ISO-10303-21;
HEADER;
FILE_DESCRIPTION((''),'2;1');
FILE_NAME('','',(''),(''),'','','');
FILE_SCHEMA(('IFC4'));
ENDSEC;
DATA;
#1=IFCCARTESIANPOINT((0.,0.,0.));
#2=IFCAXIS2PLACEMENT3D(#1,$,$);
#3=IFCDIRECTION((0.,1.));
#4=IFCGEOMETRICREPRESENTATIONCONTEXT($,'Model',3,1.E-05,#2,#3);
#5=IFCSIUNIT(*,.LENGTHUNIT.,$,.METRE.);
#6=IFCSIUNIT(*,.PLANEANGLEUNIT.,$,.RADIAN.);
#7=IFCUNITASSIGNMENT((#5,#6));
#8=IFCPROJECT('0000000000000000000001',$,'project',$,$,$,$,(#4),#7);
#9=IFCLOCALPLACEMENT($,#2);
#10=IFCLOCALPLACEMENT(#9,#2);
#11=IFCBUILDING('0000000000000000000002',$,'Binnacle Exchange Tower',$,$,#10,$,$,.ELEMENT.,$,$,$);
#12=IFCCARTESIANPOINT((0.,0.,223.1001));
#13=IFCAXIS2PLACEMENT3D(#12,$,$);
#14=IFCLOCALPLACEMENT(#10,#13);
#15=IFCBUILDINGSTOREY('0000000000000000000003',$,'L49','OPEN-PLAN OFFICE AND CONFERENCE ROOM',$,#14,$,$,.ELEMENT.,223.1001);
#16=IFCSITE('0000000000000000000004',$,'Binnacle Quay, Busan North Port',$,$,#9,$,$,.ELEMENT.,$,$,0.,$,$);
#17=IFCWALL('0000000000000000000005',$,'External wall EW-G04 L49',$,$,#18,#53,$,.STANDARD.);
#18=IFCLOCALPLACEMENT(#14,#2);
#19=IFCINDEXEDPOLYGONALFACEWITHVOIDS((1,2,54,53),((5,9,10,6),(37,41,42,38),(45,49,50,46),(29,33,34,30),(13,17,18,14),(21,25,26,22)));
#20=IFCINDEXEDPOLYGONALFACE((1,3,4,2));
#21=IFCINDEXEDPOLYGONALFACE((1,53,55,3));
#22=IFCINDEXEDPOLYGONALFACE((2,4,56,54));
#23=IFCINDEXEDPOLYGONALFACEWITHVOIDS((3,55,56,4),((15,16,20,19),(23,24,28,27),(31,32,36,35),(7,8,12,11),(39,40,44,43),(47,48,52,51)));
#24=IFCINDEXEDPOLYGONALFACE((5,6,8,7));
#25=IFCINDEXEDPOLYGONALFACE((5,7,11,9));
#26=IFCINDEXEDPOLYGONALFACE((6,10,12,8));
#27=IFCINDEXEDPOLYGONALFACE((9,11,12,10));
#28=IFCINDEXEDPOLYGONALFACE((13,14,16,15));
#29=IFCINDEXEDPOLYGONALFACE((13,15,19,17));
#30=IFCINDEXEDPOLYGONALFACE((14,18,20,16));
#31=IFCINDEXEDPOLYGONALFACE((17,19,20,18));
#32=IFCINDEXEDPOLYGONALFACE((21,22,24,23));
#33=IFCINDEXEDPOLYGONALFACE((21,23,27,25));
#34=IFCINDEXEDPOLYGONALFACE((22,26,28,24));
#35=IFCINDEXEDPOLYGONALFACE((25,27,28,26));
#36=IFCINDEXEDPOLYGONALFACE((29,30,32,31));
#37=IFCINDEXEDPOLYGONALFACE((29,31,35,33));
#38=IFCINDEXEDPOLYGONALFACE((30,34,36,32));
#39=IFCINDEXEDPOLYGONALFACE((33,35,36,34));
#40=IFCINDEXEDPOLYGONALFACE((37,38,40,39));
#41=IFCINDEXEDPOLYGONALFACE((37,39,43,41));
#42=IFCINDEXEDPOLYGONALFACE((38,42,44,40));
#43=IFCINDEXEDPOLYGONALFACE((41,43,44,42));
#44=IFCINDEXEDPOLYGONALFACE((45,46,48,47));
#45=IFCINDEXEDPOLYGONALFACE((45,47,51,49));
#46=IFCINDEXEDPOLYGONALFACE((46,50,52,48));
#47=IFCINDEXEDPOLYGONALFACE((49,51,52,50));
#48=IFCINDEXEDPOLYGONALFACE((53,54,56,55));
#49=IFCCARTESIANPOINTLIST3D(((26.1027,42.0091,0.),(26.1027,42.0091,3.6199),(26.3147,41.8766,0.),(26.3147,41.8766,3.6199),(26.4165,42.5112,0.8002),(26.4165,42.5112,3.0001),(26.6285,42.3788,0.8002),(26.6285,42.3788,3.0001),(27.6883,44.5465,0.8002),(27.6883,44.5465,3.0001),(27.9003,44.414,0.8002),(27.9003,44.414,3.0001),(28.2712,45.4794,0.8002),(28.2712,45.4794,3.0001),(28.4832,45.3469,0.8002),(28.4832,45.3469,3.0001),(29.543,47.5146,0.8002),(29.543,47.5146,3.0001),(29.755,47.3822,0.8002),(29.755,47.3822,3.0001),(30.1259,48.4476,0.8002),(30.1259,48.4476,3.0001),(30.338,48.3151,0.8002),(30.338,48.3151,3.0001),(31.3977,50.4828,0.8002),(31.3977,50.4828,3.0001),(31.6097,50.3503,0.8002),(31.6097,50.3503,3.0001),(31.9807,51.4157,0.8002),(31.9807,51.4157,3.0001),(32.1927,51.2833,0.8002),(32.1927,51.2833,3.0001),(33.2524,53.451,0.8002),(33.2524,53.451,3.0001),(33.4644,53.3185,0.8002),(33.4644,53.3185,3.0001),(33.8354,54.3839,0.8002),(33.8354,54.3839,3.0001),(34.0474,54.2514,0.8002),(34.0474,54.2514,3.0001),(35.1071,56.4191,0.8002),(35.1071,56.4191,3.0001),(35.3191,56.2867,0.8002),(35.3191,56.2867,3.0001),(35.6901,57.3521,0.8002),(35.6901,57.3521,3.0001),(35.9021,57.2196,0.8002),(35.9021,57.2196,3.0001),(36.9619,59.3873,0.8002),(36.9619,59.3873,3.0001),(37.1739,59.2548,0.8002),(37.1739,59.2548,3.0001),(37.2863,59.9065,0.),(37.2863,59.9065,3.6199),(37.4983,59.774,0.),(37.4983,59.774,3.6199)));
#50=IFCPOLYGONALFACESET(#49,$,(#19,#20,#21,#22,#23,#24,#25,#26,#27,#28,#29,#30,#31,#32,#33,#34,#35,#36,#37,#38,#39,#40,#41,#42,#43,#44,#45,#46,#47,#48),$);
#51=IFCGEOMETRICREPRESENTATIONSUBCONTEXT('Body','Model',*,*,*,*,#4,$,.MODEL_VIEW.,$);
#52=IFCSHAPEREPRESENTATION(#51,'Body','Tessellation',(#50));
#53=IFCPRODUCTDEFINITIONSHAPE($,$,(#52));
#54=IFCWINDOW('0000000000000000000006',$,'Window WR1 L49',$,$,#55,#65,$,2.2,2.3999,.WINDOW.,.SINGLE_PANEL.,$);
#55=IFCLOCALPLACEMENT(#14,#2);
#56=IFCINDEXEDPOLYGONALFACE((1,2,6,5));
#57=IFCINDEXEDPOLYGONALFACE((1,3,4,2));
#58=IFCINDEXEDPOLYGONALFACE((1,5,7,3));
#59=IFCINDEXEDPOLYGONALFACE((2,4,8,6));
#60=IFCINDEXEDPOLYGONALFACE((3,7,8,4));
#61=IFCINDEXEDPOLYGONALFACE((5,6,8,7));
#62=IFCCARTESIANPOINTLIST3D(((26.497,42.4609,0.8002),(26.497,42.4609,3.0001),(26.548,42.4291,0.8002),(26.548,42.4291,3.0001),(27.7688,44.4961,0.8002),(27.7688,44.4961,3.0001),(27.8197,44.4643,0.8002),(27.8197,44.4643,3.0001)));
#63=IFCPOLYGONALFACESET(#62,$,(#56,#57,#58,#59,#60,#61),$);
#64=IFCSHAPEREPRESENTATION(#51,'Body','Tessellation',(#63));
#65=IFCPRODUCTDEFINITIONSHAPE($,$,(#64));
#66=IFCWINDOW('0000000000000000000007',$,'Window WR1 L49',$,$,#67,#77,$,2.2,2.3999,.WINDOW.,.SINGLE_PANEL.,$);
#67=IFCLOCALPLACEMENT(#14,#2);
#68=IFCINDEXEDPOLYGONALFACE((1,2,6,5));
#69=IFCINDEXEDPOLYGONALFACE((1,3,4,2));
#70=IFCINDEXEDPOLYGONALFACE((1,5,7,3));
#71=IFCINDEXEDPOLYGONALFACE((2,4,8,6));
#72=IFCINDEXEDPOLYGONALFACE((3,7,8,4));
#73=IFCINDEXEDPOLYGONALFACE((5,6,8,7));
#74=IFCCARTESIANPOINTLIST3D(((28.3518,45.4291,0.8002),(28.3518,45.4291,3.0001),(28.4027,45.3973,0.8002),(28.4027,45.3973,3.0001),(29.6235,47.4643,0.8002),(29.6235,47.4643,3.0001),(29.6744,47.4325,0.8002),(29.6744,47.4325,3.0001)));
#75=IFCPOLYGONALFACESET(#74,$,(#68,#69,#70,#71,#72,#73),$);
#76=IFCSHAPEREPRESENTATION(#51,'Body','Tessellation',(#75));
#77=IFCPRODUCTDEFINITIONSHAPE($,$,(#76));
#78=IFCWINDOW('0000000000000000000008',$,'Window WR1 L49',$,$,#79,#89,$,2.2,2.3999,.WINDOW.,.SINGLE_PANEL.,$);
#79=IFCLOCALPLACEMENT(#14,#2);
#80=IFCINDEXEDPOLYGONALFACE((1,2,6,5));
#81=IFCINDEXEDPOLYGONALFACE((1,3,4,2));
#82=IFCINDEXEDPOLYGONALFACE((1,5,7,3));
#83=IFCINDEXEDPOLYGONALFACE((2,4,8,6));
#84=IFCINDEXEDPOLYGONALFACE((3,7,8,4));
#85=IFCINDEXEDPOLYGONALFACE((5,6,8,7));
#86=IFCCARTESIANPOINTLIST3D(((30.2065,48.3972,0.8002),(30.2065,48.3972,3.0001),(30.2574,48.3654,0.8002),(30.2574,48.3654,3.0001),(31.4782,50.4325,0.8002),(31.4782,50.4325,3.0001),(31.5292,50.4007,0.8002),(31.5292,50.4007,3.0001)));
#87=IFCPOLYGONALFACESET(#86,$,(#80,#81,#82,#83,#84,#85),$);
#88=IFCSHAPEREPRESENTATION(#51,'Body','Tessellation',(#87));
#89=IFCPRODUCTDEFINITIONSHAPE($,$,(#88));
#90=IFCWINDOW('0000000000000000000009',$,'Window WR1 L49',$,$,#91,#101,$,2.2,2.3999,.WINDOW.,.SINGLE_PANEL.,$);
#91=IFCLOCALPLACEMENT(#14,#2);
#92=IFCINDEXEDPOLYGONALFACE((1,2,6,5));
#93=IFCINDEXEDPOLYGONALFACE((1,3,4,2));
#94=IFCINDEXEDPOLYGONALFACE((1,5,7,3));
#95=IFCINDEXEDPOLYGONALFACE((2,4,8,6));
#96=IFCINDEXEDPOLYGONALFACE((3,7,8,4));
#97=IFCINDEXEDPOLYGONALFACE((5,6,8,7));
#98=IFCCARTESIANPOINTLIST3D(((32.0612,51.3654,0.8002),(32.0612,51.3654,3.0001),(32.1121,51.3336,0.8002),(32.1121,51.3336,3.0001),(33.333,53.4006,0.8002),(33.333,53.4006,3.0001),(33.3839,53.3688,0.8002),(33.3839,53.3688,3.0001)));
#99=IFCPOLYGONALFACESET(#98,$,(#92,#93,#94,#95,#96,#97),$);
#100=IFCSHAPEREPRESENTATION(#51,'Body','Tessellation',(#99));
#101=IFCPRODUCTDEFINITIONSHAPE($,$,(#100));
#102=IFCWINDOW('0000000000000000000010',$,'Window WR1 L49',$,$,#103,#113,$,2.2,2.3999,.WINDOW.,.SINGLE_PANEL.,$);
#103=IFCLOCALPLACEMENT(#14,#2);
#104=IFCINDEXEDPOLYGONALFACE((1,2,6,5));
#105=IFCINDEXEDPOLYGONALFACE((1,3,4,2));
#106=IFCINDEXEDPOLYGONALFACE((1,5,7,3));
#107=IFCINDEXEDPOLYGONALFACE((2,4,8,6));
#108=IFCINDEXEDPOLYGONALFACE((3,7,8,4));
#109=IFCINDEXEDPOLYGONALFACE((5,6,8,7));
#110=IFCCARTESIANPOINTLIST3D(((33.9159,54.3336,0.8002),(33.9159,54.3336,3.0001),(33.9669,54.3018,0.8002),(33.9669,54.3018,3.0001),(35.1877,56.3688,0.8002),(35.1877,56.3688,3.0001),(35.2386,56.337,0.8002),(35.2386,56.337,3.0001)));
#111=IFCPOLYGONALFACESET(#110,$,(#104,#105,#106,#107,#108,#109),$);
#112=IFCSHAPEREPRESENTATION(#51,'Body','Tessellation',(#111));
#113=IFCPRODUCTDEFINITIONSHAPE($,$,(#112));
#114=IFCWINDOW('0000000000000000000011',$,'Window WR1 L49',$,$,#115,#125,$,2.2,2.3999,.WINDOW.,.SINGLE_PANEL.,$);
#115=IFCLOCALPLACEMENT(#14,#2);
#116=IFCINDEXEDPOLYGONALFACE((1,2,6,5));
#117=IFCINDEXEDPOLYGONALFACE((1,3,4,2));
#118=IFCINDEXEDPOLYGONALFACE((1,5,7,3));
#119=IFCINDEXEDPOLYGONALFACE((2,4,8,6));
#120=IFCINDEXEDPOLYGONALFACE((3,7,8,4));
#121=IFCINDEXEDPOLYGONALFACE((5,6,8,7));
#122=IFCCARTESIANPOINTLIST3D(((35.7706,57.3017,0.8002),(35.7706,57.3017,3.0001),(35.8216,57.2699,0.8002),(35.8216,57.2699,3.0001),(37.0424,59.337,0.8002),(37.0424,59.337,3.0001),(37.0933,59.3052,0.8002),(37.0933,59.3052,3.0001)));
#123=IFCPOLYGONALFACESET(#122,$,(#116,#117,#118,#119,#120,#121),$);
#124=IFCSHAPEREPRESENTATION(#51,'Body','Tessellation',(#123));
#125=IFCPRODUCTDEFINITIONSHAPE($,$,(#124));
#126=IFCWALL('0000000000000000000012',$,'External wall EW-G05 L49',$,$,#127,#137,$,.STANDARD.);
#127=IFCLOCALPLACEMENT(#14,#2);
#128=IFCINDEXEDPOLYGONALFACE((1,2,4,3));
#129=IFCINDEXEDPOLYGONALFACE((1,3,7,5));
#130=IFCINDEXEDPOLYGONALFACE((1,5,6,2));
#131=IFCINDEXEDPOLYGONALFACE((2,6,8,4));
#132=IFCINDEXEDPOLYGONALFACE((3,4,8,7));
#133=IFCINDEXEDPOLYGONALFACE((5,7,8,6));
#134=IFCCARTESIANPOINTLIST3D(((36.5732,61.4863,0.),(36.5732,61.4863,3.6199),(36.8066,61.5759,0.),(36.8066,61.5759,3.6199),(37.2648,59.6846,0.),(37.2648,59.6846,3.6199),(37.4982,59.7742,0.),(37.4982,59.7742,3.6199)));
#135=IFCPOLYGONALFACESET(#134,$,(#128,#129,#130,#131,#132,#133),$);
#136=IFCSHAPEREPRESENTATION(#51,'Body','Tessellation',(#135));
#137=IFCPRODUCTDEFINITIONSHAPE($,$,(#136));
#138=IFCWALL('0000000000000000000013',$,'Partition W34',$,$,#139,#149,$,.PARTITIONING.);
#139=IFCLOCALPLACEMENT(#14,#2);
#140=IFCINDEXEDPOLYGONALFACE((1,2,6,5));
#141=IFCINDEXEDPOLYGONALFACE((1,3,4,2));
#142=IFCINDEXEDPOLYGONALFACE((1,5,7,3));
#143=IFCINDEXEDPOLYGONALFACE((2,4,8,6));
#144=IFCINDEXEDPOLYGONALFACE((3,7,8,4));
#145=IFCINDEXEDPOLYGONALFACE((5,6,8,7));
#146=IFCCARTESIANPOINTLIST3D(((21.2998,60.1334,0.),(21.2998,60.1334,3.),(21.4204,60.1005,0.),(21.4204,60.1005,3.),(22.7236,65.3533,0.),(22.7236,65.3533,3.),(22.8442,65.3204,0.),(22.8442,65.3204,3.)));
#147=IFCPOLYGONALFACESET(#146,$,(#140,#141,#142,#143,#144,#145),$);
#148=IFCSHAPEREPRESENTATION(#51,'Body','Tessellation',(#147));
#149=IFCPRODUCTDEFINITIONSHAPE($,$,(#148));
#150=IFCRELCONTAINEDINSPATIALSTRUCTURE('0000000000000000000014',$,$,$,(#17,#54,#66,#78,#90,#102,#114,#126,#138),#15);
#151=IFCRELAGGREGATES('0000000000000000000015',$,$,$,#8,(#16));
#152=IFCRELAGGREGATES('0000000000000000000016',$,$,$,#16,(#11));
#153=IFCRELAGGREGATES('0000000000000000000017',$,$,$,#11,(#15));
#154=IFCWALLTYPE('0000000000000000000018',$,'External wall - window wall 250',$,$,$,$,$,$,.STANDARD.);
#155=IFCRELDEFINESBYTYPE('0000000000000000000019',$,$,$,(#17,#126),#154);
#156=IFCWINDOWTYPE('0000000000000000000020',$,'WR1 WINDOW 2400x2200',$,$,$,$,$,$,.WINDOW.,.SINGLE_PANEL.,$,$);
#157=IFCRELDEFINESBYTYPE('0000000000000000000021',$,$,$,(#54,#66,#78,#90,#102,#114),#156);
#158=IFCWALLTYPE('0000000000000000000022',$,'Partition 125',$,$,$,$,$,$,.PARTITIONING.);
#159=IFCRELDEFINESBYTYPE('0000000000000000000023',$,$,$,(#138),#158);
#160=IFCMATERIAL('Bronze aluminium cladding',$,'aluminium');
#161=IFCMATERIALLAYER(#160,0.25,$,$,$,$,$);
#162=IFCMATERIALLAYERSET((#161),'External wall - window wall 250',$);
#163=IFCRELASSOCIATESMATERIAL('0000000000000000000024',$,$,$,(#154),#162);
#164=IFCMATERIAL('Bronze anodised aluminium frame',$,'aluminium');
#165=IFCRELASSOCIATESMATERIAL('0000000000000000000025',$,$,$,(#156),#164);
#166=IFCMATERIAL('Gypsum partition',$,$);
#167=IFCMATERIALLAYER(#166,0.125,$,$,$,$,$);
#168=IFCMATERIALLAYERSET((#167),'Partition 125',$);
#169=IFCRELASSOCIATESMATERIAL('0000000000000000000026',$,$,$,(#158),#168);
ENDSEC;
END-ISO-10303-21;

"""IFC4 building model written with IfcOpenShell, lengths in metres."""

from ifc_helpers import new_model, si_unit, direction, frame, frame_2d, origin, place, context, subcontext, project, spatial, rectangle, extrude, material, layer, layer_set, type_object, element, fill, save


model = new_model("IFC4")

# Units and contexts
model_context = context("Model", 3, precision=1e-05, world=origin(), true_north=direction((0.0, 1.0)))
body_context = subcontext(model_context, "Body", "Model", "MODEL_VIEW")
ifc_project = project(units=[si_unit("LENGTHUNIT", "METRE"), si_unit("PLANEANGLEUNIT", "RADIAN")], contexts=[model_context])

# Site, building, storey
site_placement = place(None, origin())
site = spatial("IfcSite", under=ifc_project, at=site_placement, Name="Binnacle Quay, Busan North Port", CompositionType="ELEMENT", RefElevation=0.0)
building_placement = place(site_placement, origin())
building = spatial("IfcBuilding", under=site, at=building_placement, Name="Binnacle Exchange Tower", CompositionType="ELEMENT")
storey_placement = place(building_placement, frame((0.0, 0.0, 223.1001)))
storey = spatial("IfcBuildingStorey", under=building, at=storey_placement, Name="L49", Description="OPEN-PLAN OFFICE AND CONFERENCE ROOM", CompositionType="ELEMENT", Elevation=223.1001)

# Wall, openings, windows
ifc_material_1 = material(Name="Bronze aluminium cladding", Category="aluminium")
ifc_layer_1 = layer(ifc_material_1, 0.25)
ifc_layer_set_1 = layer_set([ifc_layer_1], Name="External wall - window wall 250")
wall_type_1 = type_object("IfcWallType", Name="External wall - window wall 250", PredefinedType="STANDARD", material=ifc_layer_set_1)
wall_1_placement = place(storey_placement, frame((37.3923, 59.8403, 0.0), z_axis=(0.0, 0.0, 1.0), x_axis=(-0.52992, -0.848048, 0.0)))
wall_1 = element("IfcWall", 1, at=wall_1_placement, inside=storey, type_object=wall_type_1, Name="External wall EW-G04 L49", PredefinedType="STANDARD", context=body_context, shape_type="SweptSolid", body=[
    extrude(rectangle(XDim=21.1042, YDim=0.25, at=frame_2d((10.5522, 0.0))), origin(), (0.0, 0.0, 1.0), 3.6199),
])
opening_1_placement = place(wall_1_placement, frame((18.1123, 0.0, 0.8)))
opening_1 = element("IfcOpeningElement", 2, at=opening_1_placement, cuts=wall_1, PredefinedType="OPENING", context=body_context, shape_type="SweptSolid", body=[
    extrude(rectangle(XDim=2.3999, YDim=2.2, at=frame_2d((1.2, 1.1001))), frame((0.0, 0.135, 0.0), z_axis=(0.0, -1.0, 0.0), x_axis=(1.0, 0.0, 0.0)), (0.0, 0.0, 1.0), 0.27),
])
opening_2_placement = place(wall_1_placement, frame((14.6123, 0.0, 0.8)))
opening_2 = element("IfcOpeningElement", 3, at=opening_2_placement, cuts=wall_1, PredefinedType="OPENING", context=body_context, shape_type="SweptSolid", body=[
    extrude(rectangle(XDim=2.3999, YDim=2.2, at=frame_2d((1.2, 1.1001))), frame((0.0, 0.135, 0.0), z_axis=(0.0, -1.0, 0.0), x_axis=(1.0, 0.0, 0.0)), (0.0, 0.0, 1.0), 0.27),
])
opening_3_placement = place(wall_1_placement, frame((11.1123, 0.0, 0.8)))
opening_3 = element("IfcOpeningElement", 4, at=opening_3_placement, cuts=wall_1, PredefinedType="OPENING", context=body_context, shape_type="SweptSolid", body=[
    extrude(rectangle(XDim=2.3999, YDim=2.2, at=frame_2d((1.2, 1.1001))), frame((0.0, 0.135, 0.0), z_axis=(0.0, -1.0, 0.0), x_axis=(1.0, 0.0, 0.0)), (0.0, 0.0, 1.0), 0.27),
])
opening_4_placement = place(wall_1_placement, frame((7.6123, 0.0, 0.8)))
opening_4 = element("IfcOpeningElement", 5, at=opening_4_placement, cuts=wall_1, PredefinedType="OPENING", context=body_context, shape_type="SweptSolid", body=[
    extrude(rectangle(XDim=2.3999, YDim=2.2, at=frame_2d((1.2, 1.1001))), frame((0.0, 0.135, 0.0), z_axis=(0.0, -1.0, 0.0), x_axis=(1.0, 0.0, 0.0)), (0.0, 0.0, 1.0), 0.27),
])
opening_5_placement = place(wall_1_placement, frame((4.1123, 0.0, 0.8)))
opening_5 = element("IfcOpeningElement", 6, at=opening_5_placement, cuts=wall_1, PredefinedType="OPENING", context=body_context, shape_type="SweptSolid", body=[
    extrude(rectangle(XDim=2.3999, YDim=2.2, at=frame_2d((1.2, 1.1001))), frame((0.0, 0.135, 0.0), z_axis=(0.0, -1.0, 0.0), x_axis=(1.0, 0.0, 0.0)), (0.0, 0.0, 1.0), 0.27),
])
opening_6_placement = place(wall_1_placement, frame((0.6123, 0.0, 0.8)))
opening_6 = element("IfcOpeningElement", 7, at=opening_6_placement, cuts=wall_1, PredefinedType="OPENING", context=body_context, shape_type="SweptSolid", body=[
    extrude(rectangle(XDim=2.3999, YDim=2.2, at=frame_2d((1.2, 1.1001))), frame((0.0, 0.135, 0.0), z_axis=(0.0, -1.0, 0.0), x_axis=(1.0, 0.0, 0.0)), (0.0, 0.0, 1.0), 0.27),
])
ifc_material_2 = material(Name="Bronze anodised aluminium frame", Category="aluminium")
window_type = type_object("IfcWindowType", Name="WR1 WINDOW 2400x2200", PartitioningType="SINGLE_PANEL", PredefinedType="WINDOW", material=ifc_material_2)
window_1_placement = place(opening_1_placement, origin())
window_1 = element("IfcWindow", 8, at=window_1_placement, inside=storey, type_object=window_type, Name="Window WR1 L49", OverallHeight=2.2, OverallWidth=2.3999, PartitioningType="SINGLE_PANEL", PredefinedType="WINDOW", context=body_context, shape_type="SweptSolid", body=[
    extrude(rectangle(XDim=2.3999, YDim=2.2, at=frame_2d((1.2, 1.1001))), frame((0.0, 0.03, 0.0), z_axis=(0.0, -1.0, 0.0), x_axis=(1.0, 0.0, 0.0)), (0.0, 0.0, 1.0), 0.0601),
])
fill(opening_1, window_1)
window_2_placement = place(opening_2_placement, origin())
window_2 = element("IfcWindow", 9, at=window_2_placement, inside=storey, type_object=window_type, Name="Window WR1 L49", OverallHeight=2.2, OverallWidth=2.3999, PartitioningType="SINGLE_PANEL", PredefinedType="WINDOW", context=body_context, shape_type="SweptSolid", body=[
    extrude(rectangle(XDim=2.3999, YDim=2.2, at=frame_2d((1.2, 1.1001))), frame((0.0, 0.03, 0.0), z_axis=(0.0, -1.0, 0.0), x_axis=(1.0, 0.0, 0.0)), (0.0, 0.0, 1.0), 0.0601),
])
fill(opening_2, window_2)
window_3_placement = place(opening_3_placement, origin())
window_3 = element("IfcWindow", 10, at=window_3_placement, inside=storey, type_object=window_type, Name="Window WR1 L49", OverallHeight=2.2, OverallWidth=2.3999, PartitioningType="SINGLE_PANEL", PredefinedType="WINDOW", context=body_context, shape_type="SweptSolid", body=[
    extrude(rectangle(XDim=2.3999, YDim=2.2, at=frame_2d((1.2, 1.1001))), frame((0.0, 0.03, 0.0), z_axis=(0.0, -1.0, 0.0), x_axis=(1.0, 0.0, 0.0)), (0.0, 0.0, 1.0), 0.0601),
])
fill(opening_3, window_3)
window_4_placement = place(opening_4_placement, origin())
window_4 = element("IfcWindow", 11, at=window_4_placement, inside=storey, type_object=window_type, Name="Window WR1 L49", OverallHeight=2.2, OverallWidth=2.3999, PartitioningType="SINGLE_PANEL", PredefinedType="WINDOW", context=body_context, shape_type="SweptSolid", body=[
    extrude(rectangle(XDim=2.3999, YDim=2.2, at=frame_2d((1.2, 1.1001))), frame((0.0, 0.03, 0.0), z_axis=(0.0, -1.0, 0.0), x_axis=(1.0, 0.0, 0.0)), (0.0, 0.0, 1.0), 0.0601),
])
fill(opening_4, window_4)
window_5_placement = place(opening_5_placement, origin())
window_5 = element("IfcWindow", 12, at=window_5_placement, inside=storey, type_object=window_type, Name="Window WR1 L49", OverallHeight=2.2, OverallWidth=2.3999, PartitioningType="SINGLE_PANEL", PredefinedType="WINDOW", context=body_context, shape_type="SweptSolid", body=[
    extrude(rectangle(XDim=2.3999, YDim=2.2, at=frame_2d((1.2, 1.1001))), frame((0.0, 0.03, 0.0), z_axis=(0.0, -1.0, 0.0), x_axis=(1.0, 0.0, 0.0)), (0.0, 0.0, 1.0), 0.0601),
])
fill(opening_5, window_5)
window_6_placement = place(opening_6_placement, origin())
window_6 = element("IfcWindow", 13, at=window_6_placement, inside=storey, type_object=window_type, Name="Window WR1 L49", OverallHeight=2.2, OverallWidth=2.3999, PartitioningType="SINGLE_PANEL", PredefinedType="WINDOW", context=body_context, shape_type="SweptSolid", body=[
    extrude(rectangle(XDim=2.3999, YDim=2.2, at=frame_2d((1.2, 1.1001))), frame((0.0, 0.03, 0.0), z_axis=(0.0, -1.0, 0.0), x_axis=(1.0, 0.0, 0.0)), (0.0, 0.0, 1.0), 0.0601),
])
fill(opening_6, window_6)

# Walls
wall_2_placement = place(storey_placement, frame((36.6899, 61.531, 0.0), z_axis=(0.0, 0.0, 1.0), x_axis=(0.358377, -0.933577, 0.0)))
element("IfcWall", 14, at=wall_2_placement, inside=storey, type_object=wall_type_1, Name="External wall EW-G05 L49", PredefinedType="STANDARD", context=body_context, shape_type="SweptSolid", body=[
    extrude(rectangle(XDim=1.9299, YDim=0.25, at=frame_2d((0.9648, 0.0))), origin(), (0.0, 0.0, 1.0), 3.6199),
])
ifc_material_3 = material(Name="Gypsum partition")
ifc_layer_2 = layer(ifc_material_3, 0.125)
ifc_layer_set_2 = layer_set([ifc_layer_2], Name="Partition 125")
wall_type_2 = type_object("IfcWallType", Name="Partition 125", PredefinedType="PARTITIONING", material=ifc_layer_set_2)
wall_3_placement = place(storey_placement, frame((21.3601, 60.1169, 0.0), z_axis=(0.0, 0.0, 1.0), x_axis=(0.263152, 0.964754, 0.0)))
element("IfcWall", 15, at=wall_3_placement, inside=storey, type_object=wall_type_2, Name="Partition W34", PredefinedType="PARTITIONING", context=body_context, shape_type="SweptSolid", body=[
    extrude(rectangle(XDim=5.4106, YDim=0.125, at=frame_2d((2.7053, 0.0))), origin(), (0.0, 0.0, 1.0), 3.0),
])

save(model, "model.ifc")
